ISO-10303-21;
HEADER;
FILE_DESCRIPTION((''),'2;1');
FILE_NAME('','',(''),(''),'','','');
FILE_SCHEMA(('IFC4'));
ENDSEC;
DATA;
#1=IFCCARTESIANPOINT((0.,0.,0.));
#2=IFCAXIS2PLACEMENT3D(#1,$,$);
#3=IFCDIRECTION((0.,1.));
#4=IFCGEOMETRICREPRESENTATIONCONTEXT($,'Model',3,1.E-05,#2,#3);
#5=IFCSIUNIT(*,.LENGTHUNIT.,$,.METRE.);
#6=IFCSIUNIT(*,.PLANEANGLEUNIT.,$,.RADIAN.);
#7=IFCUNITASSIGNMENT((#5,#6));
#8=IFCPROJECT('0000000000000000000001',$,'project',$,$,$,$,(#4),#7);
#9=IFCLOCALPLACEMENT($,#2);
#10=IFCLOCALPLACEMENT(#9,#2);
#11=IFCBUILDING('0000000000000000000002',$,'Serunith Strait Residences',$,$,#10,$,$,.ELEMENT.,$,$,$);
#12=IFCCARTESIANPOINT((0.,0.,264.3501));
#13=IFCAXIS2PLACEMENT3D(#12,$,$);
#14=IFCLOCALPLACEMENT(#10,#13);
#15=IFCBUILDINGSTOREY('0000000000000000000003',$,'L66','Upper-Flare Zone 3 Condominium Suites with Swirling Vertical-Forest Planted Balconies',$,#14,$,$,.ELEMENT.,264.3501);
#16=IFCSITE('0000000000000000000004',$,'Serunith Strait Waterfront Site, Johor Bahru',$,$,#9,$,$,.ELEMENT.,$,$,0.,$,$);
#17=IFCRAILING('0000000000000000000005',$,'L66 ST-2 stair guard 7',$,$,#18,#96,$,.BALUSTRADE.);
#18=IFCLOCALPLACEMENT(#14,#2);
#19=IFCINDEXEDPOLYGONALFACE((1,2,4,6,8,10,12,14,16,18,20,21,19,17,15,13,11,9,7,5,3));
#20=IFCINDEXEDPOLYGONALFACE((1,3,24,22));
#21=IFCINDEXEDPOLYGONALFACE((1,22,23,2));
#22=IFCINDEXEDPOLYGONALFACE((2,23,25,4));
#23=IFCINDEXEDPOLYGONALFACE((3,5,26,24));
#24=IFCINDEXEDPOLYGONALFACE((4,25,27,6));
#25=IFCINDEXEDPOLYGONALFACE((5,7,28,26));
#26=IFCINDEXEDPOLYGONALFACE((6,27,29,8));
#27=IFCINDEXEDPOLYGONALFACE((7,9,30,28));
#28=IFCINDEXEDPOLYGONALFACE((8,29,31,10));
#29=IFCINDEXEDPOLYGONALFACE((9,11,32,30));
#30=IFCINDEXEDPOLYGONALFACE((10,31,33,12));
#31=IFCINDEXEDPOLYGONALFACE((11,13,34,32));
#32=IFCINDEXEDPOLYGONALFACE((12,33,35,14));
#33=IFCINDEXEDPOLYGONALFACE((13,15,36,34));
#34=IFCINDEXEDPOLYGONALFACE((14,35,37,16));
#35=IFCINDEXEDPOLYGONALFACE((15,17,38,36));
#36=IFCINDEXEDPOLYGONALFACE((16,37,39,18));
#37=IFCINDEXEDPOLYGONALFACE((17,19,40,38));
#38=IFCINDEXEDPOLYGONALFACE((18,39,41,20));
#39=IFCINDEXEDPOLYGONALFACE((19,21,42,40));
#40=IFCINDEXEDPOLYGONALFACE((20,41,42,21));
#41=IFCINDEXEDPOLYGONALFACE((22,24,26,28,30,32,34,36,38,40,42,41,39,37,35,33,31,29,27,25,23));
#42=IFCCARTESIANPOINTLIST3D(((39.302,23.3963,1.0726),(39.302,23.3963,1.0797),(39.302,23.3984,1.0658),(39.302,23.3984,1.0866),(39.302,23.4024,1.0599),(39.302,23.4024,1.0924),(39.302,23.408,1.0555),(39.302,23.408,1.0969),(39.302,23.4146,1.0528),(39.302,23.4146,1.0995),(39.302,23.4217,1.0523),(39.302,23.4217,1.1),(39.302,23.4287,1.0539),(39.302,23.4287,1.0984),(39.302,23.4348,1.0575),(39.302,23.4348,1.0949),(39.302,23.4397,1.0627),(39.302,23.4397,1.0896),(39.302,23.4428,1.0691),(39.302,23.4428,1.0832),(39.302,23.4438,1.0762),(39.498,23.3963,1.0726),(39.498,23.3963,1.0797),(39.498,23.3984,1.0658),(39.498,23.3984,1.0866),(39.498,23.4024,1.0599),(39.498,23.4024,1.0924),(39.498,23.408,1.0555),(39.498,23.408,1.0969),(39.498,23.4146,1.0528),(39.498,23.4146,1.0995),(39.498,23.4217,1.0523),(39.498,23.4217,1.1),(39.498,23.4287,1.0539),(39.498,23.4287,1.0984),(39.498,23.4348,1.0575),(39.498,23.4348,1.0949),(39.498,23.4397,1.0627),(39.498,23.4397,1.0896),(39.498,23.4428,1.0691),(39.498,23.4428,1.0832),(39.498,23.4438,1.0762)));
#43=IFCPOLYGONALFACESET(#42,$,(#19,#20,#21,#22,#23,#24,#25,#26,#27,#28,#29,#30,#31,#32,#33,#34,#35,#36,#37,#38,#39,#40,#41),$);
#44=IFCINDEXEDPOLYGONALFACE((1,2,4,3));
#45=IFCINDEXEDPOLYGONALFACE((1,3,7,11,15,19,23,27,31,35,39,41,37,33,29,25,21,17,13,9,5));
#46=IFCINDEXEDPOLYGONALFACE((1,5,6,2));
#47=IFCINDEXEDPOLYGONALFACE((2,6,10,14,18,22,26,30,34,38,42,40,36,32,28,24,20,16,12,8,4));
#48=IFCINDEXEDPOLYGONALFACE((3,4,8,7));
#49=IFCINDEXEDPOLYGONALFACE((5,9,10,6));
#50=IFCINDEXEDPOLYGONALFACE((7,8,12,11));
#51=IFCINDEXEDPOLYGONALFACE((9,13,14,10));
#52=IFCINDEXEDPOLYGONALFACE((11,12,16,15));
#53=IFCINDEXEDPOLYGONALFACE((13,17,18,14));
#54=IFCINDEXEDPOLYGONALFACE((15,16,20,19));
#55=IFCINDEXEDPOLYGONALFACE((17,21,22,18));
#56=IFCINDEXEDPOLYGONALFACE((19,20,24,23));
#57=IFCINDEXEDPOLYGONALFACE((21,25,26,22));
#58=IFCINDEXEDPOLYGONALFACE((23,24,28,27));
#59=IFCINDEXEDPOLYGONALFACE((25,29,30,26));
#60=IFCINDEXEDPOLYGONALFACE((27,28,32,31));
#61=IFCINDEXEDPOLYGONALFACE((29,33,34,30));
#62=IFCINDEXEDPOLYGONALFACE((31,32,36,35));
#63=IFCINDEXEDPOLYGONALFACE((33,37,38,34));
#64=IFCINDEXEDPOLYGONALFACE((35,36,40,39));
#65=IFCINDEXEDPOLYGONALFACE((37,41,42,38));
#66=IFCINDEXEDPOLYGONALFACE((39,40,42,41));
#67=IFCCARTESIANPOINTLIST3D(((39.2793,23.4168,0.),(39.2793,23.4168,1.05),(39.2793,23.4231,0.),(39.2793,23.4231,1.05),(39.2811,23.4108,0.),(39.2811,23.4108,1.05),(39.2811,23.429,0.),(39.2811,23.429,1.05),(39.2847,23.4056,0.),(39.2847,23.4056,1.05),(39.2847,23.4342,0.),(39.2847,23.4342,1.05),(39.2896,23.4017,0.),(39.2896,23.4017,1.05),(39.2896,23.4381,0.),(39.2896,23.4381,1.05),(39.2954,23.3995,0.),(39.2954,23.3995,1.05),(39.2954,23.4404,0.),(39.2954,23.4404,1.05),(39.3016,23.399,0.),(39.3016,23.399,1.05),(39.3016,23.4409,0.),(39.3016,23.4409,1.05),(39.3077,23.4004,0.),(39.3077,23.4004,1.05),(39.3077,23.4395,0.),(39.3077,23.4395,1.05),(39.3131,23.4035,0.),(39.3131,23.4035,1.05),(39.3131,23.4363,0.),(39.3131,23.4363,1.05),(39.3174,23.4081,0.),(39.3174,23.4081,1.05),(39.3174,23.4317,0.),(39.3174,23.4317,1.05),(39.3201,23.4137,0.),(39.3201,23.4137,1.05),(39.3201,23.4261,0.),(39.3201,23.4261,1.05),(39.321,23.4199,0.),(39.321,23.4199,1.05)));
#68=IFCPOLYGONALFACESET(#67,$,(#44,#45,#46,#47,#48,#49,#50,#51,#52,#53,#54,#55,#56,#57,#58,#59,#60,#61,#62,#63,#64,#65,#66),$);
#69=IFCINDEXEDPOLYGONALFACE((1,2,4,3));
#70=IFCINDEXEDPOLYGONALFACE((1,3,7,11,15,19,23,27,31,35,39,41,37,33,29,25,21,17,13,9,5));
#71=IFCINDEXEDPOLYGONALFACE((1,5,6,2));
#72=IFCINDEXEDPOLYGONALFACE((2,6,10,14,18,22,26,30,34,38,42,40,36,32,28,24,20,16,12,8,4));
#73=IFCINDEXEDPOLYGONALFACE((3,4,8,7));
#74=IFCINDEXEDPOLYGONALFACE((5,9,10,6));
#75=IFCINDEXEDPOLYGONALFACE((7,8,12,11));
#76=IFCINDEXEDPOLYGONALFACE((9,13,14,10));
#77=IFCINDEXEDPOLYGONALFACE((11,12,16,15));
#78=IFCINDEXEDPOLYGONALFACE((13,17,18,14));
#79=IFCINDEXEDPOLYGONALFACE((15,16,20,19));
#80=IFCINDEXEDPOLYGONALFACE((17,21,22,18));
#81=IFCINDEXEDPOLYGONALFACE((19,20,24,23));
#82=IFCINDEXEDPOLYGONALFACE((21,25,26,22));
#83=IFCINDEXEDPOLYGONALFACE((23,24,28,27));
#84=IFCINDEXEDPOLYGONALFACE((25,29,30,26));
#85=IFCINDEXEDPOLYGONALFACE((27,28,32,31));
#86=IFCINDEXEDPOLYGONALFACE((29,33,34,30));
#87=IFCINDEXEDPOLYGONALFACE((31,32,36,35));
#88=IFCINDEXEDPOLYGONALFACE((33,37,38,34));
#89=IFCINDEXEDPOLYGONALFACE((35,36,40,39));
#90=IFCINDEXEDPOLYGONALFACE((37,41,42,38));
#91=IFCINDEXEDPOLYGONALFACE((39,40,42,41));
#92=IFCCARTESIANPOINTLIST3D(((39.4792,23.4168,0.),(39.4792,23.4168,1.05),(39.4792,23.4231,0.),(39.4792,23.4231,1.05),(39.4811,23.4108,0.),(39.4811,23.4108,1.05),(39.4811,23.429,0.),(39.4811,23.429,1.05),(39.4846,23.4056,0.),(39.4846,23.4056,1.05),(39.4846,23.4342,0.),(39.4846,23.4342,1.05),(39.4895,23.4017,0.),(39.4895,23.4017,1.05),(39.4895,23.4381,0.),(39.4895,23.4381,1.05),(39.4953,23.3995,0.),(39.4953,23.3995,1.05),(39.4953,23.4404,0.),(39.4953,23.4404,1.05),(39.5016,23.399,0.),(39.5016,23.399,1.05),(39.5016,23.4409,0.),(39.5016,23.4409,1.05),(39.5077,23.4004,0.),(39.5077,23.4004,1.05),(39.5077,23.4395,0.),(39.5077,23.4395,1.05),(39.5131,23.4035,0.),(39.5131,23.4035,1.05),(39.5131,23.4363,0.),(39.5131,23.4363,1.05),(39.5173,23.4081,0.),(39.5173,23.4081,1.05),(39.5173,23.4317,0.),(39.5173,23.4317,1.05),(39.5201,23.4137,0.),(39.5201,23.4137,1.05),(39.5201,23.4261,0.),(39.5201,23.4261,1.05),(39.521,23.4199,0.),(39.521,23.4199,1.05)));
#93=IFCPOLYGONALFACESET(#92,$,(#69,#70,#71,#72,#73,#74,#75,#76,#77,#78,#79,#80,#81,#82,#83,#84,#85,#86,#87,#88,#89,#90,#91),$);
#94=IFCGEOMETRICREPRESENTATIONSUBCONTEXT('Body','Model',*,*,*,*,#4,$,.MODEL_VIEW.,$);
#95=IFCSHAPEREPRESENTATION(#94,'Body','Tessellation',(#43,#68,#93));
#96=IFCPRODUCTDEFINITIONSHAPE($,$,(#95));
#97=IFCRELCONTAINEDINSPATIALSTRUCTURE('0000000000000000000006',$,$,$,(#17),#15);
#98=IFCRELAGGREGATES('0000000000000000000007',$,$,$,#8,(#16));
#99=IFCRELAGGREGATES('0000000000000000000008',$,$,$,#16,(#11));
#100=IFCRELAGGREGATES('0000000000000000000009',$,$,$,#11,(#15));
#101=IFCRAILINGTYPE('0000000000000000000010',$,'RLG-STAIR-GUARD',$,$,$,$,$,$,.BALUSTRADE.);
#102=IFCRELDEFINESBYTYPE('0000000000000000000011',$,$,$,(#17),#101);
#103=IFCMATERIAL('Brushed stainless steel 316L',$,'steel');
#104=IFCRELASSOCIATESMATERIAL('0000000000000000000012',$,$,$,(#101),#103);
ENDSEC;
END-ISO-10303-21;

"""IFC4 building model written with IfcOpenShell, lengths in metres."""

from ifc_helpers import new_model, si_unit, direction, frame, origin, origin_2d, place, context, subcontext, project, spatial, circle, extrude, material, type_object, element, save


model = new_model("IFC4")

# Units and contexts
model_context = context("Model", 3, precision=1e-05, world=origin(), true_north=direction((0.0, 1.0)))
body_context = subcontext(model_context, "Body", "Model", "MODEL_VIEW")
ifc_project = project(units=[si_unit("LENGTHUNIT", "METRE"), si_unit("PLANEANGLEUNIT", "RADIAN")], contexts=[model_context])

# Site, building, storey
site_placement = place(None, origin())
site = spatial("IfcSite", under=ifc_project, at=site_placement, Name="Serunith Strait Waterfront Site, Johor Bahru", CompositionType="ELEMENT", RefElevation=0.0)
building_placement = place(site_placement, origin())
building = spatial("IfcBuilding", under=site, at=building_placement, Name="Serunith Strait Residences", CompositionType="ELEMENT")
storey_placement = place(building_placement, frame((0.0, 0.0, 264.3501)))
storey = spatial("IfcBuildingStorey", under=building, at=storey_placement, Name="L66", Description="Upper-Flare Zone 3 Condominium Suites with Swirling Vertical-Forest Planted Balconies", CompositionType="ELEMENT", Elevation=264.3501)

# Railing
ifc_material_1 = material(Name="Brushed stainless steel 316L", Category="steel")
railing_type_1 = type_object("IfcRailingType", Name="RLG-STAIR-GUARD", PredefinedType="BALUSTRADE", material=ifc_material_1)
railing_1_placement = place(storey_placement, frame((39.3, 23.4199, 0.0)))
element("IfcRailing", 1, at=railing_1_placement, inside=storey, type_object=railing_type_1, Name="L66 ST-2 stair guard 7", PredefinedType="BALUSTRADE", context=body_context, shape_type="SweptSolid", body=[
    extrude(circle(Radius=0.0239, at=origin_2d()), frame((0.002, 0.0, 1.0762), z_axis=(1.0, 0.0, 0.0), x_axis=(0.0, 1.0, 0.0)), (0.0, 0.0, 1.0), 0.196),
    extrude(circle(Radius=0.021, at=origin_2d()), origin(), (0.0, 0.0, 1.0), 1.05),
    extrude(circle(Radius=0.021, at=origin_2d()), frame((0.2, 0.0, 0.0)), (0.0, 0.0, 1.0), 1.05),
])

save(model, "model.ifc")
